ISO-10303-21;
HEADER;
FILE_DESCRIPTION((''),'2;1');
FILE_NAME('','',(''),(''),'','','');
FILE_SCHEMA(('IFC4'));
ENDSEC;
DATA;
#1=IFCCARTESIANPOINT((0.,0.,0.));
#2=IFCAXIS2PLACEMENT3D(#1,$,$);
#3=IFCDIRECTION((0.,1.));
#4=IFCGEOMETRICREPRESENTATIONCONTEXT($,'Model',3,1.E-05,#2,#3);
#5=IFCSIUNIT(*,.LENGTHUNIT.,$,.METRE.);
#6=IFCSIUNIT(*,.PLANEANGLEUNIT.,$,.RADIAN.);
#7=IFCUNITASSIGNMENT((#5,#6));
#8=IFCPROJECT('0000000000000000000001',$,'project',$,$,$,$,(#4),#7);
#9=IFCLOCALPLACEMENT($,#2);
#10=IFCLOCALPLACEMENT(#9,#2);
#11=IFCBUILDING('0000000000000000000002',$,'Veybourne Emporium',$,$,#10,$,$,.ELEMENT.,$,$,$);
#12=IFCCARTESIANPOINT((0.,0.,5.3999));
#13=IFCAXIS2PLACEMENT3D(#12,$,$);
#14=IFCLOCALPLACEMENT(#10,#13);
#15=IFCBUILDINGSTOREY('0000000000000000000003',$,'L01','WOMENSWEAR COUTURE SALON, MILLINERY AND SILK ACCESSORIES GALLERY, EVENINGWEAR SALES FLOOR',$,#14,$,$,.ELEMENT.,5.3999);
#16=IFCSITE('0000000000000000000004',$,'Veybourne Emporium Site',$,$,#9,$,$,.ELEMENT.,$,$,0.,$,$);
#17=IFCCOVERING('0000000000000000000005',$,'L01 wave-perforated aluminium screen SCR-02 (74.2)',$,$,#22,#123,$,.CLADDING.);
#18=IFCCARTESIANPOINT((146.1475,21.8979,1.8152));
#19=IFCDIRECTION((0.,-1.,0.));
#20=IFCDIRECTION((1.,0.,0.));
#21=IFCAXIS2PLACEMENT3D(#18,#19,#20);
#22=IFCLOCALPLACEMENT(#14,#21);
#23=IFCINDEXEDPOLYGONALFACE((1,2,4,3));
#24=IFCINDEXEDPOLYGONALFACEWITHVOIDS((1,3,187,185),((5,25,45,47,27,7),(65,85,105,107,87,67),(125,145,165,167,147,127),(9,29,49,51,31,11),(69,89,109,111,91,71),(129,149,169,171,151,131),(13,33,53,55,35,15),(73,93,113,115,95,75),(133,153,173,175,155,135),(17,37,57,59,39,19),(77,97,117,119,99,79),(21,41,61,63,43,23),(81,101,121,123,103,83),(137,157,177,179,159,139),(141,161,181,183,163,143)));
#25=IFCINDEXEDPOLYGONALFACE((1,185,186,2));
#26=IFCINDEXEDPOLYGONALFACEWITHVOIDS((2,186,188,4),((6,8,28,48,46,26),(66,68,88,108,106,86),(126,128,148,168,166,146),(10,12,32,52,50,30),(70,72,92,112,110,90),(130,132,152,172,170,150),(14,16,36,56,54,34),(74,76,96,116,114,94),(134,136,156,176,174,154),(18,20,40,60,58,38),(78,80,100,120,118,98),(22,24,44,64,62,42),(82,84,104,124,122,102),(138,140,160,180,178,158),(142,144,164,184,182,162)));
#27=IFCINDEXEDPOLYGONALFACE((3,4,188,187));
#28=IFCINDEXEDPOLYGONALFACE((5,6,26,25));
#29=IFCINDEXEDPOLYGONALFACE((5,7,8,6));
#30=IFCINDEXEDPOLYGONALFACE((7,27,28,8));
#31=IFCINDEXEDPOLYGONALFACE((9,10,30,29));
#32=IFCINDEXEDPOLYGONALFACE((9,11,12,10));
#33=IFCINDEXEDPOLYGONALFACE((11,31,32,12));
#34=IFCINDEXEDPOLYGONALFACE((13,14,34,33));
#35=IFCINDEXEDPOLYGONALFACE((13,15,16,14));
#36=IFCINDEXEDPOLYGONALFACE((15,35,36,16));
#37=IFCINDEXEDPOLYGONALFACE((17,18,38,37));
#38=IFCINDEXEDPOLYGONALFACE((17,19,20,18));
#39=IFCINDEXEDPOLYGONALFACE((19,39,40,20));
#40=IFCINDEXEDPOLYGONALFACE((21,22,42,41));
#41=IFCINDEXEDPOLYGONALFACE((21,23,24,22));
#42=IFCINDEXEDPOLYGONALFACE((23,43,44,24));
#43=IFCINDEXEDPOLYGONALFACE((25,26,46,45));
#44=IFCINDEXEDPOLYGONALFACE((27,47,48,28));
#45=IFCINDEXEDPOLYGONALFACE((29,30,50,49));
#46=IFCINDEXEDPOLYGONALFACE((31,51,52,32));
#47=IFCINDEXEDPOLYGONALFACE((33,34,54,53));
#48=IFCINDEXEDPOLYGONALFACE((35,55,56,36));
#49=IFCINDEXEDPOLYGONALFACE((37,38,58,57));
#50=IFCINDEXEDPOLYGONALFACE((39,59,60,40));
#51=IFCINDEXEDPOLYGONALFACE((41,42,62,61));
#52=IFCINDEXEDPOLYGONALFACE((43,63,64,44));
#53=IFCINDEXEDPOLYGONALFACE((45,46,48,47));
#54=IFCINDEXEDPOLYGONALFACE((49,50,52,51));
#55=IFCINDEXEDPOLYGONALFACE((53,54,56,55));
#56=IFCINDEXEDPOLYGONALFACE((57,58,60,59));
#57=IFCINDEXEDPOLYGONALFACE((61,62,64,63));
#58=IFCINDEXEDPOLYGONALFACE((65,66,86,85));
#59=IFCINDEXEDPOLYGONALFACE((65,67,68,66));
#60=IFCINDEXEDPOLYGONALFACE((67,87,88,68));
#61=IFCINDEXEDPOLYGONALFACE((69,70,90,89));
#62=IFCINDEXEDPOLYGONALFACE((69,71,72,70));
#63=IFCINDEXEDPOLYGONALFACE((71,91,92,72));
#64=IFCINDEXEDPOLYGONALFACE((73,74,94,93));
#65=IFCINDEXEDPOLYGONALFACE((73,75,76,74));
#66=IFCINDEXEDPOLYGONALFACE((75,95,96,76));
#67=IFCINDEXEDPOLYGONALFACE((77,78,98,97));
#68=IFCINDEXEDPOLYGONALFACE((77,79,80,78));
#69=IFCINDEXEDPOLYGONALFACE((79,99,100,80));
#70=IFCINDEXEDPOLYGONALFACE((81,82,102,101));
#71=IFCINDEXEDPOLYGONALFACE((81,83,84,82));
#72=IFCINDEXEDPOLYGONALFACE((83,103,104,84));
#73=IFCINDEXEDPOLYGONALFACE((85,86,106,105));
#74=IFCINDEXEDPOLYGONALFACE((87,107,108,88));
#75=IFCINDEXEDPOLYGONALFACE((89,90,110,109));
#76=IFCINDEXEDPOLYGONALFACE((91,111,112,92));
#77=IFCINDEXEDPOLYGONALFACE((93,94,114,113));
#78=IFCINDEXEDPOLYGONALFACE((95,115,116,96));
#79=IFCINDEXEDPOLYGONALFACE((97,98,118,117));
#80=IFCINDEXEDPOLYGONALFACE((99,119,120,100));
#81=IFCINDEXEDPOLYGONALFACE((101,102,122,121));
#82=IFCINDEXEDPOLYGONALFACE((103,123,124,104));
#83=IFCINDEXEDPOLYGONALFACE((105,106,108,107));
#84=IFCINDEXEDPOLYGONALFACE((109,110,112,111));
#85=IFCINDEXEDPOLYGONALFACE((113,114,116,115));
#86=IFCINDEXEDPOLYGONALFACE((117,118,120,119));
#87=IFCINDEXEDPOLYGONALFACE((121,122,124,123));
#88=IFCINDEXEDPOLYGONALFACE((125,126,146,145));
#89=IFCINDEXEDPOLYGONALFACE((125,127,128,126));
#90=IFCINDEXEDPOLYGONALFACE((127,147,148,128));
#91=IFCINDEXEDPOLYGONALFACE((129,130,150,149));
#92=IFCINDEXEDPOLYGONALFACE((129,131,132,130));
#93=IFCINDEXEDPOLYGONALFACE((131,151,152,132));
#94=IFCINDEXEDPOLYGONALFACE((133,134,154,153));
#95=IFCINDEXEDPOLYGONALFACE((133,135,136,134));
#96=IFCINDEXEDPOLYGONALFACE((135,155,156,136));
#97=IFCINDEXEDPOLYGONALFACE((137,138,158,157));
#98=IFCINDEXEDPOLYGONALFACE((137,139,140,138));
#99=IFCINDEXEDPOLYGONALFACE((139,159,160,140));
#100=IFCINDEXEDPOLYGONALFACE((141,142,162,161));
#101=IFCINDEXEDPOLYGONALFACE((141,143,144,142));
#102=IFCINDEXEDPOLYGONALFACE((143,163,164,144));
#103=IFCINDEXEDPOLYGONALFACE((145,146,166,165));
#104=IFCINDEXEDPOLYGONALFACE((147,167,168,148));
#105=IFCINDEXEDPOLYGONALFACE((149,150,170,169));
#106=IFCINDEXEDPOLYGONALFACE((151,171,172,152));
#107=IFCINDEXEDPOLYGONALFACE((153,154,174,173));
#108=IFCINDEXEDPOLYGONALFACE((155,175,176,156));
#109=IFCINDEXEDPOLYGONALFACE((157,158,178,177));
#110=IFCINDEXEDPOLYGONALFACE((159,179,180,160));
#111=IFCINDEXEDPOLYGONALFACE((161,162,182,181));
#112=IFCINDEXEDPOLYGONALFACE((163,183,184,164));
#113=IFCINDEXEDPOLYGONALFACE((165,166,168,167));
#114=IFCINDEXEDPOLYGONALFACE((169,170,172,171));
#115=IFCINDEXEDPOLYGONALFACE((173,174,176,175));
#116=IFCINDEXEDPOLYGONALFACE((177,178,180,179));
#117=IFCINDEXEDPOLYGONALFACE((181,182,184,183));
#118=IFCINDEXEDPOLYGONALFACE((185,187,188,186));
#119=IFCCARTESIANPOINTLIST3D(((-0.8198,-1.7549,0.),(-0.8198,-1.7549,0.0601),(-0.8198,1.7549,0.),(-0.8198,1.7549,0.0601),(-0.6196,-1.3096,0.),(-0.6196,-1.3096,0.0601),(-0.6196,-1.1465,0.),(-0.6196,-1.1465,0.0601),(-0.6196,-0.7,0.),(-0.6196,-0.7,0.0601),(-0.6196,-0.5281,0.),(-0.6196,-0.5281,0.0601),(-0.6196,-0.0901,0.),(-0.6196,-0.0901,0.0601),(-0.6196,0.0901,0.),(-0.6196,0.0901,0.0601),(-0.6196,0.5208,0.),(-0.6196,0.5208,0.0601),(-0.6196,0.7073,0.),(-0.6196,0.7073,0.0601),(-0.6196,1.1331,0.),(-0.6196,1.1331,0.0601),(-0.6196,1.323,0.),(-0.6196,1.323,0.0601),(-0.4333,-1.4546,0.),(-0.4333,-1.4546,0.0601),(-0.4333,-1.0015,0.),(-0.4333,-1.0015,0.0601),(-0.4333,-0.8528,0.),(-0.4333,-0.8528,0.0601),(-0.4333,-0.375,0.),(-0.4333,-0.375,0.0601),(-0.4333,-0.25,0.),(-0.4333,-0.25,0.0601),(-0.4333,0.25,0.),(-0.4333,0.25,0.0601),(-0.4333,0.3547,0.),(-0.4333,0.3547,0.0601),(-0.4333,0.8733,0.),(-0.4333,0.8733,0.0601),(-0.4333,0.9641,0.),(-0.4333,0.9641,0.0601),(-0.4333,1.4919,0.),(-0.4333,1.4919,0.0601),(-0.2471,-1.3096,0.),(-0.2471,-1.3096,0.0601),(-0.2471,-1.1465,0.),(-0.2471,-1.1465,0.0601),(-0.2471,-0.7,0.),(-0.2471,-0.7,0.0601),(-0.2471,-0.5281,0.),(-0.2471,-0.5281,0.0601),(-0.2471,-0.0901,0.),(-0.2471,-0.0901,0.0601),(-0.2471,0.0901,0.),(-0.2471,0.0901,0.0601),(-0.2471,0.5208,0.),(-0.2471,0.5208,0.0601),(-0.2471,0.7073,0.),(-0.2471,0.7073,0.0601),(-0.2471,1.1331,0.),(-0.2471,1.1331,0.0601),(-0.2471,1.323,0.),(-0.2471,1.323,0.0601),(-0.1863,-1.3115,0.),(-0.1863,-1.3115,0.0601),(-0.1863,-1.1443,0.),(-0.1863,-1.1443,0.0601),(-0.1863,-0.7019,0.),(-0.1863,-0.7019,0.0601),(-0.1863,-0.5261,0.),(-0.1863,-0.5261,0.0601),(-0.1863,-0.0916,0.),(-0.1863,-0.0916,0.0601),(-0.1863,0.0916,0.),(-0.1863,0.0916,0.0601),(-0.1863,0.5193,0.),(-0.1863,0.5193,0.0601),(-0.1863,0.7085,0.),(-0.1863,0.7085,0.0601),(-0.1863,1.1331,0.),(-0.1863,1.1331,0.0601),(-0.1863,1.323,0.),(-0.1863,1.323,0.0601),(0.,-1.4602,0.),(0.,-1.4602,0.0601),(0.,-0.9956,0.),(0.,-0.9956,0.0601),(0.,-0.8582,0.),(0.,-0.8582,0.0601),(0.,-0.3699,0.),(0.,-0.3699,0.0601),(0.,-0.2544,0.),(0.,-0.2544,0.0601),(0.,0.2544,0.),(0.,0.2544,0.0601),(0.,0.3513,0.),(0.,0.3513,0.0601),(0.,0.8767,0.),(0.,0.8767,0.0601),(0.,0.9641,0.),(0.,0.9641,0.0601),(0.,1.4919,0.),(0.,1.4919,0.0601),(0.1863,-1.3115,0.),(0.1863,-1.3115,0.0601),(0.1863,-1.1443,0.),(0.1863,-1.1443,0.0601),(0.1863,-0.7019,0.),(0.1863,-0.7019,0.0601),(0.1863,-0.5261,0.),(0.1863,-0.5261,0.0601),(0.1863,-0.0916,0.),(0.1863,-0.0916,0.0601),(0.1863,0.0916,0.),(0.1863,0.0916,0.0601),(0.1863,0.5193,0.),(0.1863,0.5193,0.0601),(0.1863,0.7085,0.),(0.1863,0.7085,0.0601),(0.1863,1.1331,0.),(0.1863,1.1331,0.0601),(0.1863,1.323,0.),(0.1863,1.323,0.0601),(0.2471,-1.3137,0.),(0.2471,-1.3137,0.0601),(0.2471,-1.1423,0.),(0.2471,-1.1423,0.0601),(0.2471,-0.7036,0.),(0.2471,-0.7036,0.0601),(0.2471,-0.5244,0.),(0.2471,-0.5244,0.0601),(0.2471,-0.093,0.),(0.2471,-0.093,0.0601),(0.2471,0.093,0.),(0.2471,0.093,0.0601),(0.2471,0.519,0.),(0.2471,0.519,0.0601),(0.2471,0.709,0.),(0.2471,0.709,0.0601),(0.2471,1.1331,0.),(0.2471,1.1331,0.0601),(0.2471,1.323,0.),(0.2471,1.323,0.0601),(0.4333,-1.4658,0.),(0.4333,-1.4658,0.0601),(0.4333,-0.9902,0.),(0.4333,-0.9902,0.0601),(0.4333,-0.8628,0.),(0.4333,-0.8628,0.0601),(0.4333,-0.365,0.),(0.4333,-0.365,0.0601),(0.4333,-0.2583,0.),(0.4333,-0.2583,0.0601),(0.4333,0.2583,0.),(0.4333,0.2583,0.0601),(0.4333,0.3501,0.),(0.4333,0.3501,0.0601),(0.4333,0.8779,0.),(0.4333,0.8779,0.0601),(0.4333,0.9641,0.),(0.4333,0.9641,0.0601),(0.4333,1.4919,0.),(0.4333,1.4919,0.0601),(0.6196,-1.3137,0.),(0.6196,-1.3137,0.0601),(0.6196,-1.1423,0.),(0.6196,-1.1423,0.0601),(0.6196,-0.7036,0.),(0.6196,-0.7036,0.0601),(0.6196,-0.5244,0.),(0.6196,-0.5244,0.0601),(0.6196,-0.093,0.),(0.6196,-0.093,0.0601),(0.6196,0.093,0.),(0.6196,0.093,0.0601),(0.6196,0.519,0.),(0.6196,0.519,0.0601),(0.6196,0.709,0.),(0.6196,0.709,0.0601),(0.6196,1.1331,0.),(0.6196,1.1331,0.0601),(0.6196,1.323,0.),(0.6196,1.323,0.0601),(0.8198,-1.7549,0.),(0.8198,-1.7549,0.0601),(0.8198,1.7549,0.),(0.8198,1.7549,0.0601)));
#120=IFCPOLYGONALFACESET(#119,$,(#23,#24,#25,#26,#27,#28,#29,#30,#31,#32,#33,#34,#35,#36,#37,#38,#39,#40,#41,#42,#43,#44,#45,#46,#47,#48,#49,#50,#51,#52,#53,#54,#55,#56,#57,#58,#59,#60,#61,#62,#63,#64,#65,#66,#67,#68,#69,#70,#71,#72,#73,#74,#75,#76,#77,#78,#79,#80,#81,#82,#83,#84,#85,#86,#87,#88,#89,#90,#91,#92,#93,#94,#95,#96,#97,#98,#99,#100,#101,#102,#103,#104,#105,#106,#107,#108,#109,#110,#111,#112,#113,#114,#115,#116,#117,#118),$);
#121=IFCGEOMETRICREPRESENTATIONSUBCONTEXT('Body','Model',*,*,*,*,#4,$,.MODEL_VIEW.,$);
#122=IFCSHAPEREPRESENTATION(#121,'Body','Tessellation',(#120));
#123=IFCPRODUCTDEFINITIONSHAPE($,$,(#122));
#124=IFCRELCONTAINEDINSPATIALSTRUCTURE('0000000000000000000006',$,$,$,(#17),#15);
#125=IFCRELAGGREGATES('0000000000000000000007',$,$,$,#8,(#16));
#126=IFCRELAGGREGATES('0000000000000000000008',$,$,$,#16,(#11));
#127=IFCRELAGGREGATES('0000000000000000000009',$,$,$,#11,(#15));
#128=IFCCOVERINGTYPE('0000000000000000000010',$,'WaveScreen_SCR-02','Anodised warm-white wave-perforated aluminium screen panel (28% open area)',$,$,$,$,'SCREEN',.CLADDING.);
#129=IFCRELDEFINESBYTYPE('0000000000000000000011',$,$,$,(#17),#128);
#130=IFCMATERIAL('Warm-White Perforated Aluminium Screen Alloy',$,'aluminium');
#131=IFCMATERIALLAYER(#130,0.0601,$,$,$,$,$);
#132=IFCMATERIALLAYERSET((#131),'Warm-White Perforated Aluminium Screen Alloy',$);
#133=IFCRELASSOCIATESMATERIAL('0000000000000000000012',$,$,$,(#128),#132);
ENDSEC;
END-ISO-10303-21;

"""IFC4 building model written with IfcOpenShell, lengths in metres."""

from ifc_helpers import new_model, si_unit, direction, frame, origin, place, context, subcontext, project, spatial, polyline, outline, extrude, material, layer, layer_set, type_object, element, save


model = new_model("IFC4")

# Units and contexts
model_context = context("Model", 3, precision=1e-05, world=origin(), true_north=direction((0.0, 1.0)))
body_context = subcontext(model_context, "Body", "Model", "MODEL_VIEW")
ifc_project = project(units=[si_unit("LENGTHUNIT", "METRE"), si_unit("PLANEANGLEUNIT", "RADIAN")], contexts=[model_context])

# Site, building, storey
site_placement = place(None, origin())
site = spatial("IfcSite", under=ifc_project, at=site_placement, Name="Veybourne Emporium Site", CompositionType="ELEMENT", RefElevation=0.0)
building_placement = place(site_placement, origin())
building = spatial("IfcBuilding", under=site, at=building_placement, Name="Veybourne Emporium", CompositionType="ELEMENT")
storey_placement = place(building_placement, frame((0.0, 0.0, 5.3999)))
storey = spatial("IfcBuildingStorey", under=building, at=storey_placement, Name="L01", Description="WOMENSWEAR COUTURE SALON, MILLINERY AND SILK ACCESSORIES GALLERY, EVENINGWEAR SALES FLOOR", CompositionType="ELEMENT", Elevation=5.3999)

# Covering
ifc_material_1 = material(Name="Warm-White Perforated Aluminium Screen Alloy", Category="aluminium")
ifc_layer_1 = layer(ifc_material_1, 0.0601)
ifc_layer_set_1 = layer_set([ifc_layer_1], Name="Warm-White Perforated Aluminium Screen Alloy")
covering_type_1 = type_object("IfcCoveringType", Name="WaveScreen_SCR-02", Description="Anodised warm-white wave-perforated aluminium screen panel (28% open area)", ElementType="SCREEN", PredefinedType="CLADDING", material=ifc_layer_set_1)
covering_1_placement = place(storey_placement, frame((146.1475, 21.8979, 1.8152), z_axis=(0.0, -1.0, 0.0), x_axis=(1.0, 0.0, 0.0)))
element("IfcCovering", 1, at=covering_1_placement, inside=storey, type_object=covering_type_1, Name="L01 wave-perforated aluminium screen SCR-02 (74.2)", PredefinedType="CLADDING", context=body_context, shape_type="SweptSolid", body=[
    extrude(outline(polyline([(-0.8198, -1.7549), (0.8198, -1.7549), (0.8198, 1.7549), (-0.8198, 1.7549), (-0.8198, -1.7549)]), holes=[polyline([(-0.4333, -1.0015), (-0.2471, -1.1465), (-0.2471, -1.3096), (-0.4333, -1.4546), (-0.6196, -1.3096), (-0.6196, -1.1465), (-0.4333, -1.0015)]), polyline([(-0.4333, -0.375), (-0.2471, -0.5281), (-0.2471, -0.7), (-0.4333, -0.8528), (-0.6196, -0.7), (-0.6196, -0.5281), (-0.4333, -0.375)]), polyline([(-0.4333, 0.25), (-0.2471, 0.0901), (-0.2471, -0.0901), (-0.4333, -0.25), (-0.6196, -0.0901), (-0.6196, 0.0901), (-0.4333, 0.25)]), polyline([(-0.4333, 0.8733), (-0.2471, 0.7073), (-0.2471, 0.5208), (-0.4333, 0.3547), (-0.6196, 0.5208), (-0.6196, 0.7073), (-0.4333, 0.8733)]), polyline([(-0.4333, 1.4919), (-0.2471, 1.323), (-0.2471, 1.1331), (-0.4333, 0.9641), (-0.6196, 1.1331), (-0.6196, 1.323), (-0.4333, 1.4919)]), polyline([(0.0, -0.9956), (0.1863, -1.1443), (0.1863, -1.3115), (0.0, -1.4602), (-0.1863, -1.3115), (-0.1863, -1.1443), (0.0, -0.9956)]), polyline([(0.0, -0.3699), (0.1863, -0.5261), (0.1863, -0.7019), (0.0, -0.8582), (-0.1863, -0.7019), (-0.1863, -0.5261), (0.0, -0.3699)]), polyline([(0.0, 0.2544), (0.1863, 0.0916), (0.1863, -0.0916), (0.0, -0.2544), (-0.1863, -0.0916), (-0.1863, 0.0916), (0.0, 0.2544)]), polyline([(0.0, 0.8767), (0.1863, 0.7085), (0.1863, 0.5193), (0.0, 0.3513), (-0.1863, 0.5193), (-0.1863, 0.7085), (0.0, 0.8767)]), polyline([(0.0, 1.4919), (0.1863, 1.323), (0.1863, 1.1331), (0.0, 0.9641), (-0.1863, 1.1331), (-0.1863, 1.323), (0.0, 1.4919)]), polyline([(0.4333, -0.9902), (0.6196, -1.1423), (0.6196, -1.3137), (0.4333, -1.4658), (0.2471, -1.3137), (0.2471, -1.1423), (0.4333, -0.9902)]), polyline([(0.4333, -0.365), (0.6196, -0.5244), (0.6196, -0.7036), (0.4333, -0.8628), (0.2471, -0.7036), (0.2471, -0.5244), (0.4333, -0.365)]), polyline([(0.4333, 0.2583), (0.6196, 0.093), (0.6196, -0.093), (0.4333, -0.2583), (0.2471, -0.093), (0.2471, 0.093), (0.4333, 0.2583)]), polyline([(0.4333, 0.8779), (0.6196, 0.709), (0.6196, 0.519), (0.4333, 0.3501), (0.2471, 0.519), (0.2471, 0.709), (0.4333, 0.8779)]), polyline([(0.4333, 1.4919), (0.6196, 1.323), (0.6196, 1.1331), (0.4333, 0.9641), (0.2471, 1.1331), (0.2471, 1.323), (0.4333, 1.4919)])]), origin(), (0.0, 0.0, 1.0), 0.0601),
])

save(model, "model.ifc")
